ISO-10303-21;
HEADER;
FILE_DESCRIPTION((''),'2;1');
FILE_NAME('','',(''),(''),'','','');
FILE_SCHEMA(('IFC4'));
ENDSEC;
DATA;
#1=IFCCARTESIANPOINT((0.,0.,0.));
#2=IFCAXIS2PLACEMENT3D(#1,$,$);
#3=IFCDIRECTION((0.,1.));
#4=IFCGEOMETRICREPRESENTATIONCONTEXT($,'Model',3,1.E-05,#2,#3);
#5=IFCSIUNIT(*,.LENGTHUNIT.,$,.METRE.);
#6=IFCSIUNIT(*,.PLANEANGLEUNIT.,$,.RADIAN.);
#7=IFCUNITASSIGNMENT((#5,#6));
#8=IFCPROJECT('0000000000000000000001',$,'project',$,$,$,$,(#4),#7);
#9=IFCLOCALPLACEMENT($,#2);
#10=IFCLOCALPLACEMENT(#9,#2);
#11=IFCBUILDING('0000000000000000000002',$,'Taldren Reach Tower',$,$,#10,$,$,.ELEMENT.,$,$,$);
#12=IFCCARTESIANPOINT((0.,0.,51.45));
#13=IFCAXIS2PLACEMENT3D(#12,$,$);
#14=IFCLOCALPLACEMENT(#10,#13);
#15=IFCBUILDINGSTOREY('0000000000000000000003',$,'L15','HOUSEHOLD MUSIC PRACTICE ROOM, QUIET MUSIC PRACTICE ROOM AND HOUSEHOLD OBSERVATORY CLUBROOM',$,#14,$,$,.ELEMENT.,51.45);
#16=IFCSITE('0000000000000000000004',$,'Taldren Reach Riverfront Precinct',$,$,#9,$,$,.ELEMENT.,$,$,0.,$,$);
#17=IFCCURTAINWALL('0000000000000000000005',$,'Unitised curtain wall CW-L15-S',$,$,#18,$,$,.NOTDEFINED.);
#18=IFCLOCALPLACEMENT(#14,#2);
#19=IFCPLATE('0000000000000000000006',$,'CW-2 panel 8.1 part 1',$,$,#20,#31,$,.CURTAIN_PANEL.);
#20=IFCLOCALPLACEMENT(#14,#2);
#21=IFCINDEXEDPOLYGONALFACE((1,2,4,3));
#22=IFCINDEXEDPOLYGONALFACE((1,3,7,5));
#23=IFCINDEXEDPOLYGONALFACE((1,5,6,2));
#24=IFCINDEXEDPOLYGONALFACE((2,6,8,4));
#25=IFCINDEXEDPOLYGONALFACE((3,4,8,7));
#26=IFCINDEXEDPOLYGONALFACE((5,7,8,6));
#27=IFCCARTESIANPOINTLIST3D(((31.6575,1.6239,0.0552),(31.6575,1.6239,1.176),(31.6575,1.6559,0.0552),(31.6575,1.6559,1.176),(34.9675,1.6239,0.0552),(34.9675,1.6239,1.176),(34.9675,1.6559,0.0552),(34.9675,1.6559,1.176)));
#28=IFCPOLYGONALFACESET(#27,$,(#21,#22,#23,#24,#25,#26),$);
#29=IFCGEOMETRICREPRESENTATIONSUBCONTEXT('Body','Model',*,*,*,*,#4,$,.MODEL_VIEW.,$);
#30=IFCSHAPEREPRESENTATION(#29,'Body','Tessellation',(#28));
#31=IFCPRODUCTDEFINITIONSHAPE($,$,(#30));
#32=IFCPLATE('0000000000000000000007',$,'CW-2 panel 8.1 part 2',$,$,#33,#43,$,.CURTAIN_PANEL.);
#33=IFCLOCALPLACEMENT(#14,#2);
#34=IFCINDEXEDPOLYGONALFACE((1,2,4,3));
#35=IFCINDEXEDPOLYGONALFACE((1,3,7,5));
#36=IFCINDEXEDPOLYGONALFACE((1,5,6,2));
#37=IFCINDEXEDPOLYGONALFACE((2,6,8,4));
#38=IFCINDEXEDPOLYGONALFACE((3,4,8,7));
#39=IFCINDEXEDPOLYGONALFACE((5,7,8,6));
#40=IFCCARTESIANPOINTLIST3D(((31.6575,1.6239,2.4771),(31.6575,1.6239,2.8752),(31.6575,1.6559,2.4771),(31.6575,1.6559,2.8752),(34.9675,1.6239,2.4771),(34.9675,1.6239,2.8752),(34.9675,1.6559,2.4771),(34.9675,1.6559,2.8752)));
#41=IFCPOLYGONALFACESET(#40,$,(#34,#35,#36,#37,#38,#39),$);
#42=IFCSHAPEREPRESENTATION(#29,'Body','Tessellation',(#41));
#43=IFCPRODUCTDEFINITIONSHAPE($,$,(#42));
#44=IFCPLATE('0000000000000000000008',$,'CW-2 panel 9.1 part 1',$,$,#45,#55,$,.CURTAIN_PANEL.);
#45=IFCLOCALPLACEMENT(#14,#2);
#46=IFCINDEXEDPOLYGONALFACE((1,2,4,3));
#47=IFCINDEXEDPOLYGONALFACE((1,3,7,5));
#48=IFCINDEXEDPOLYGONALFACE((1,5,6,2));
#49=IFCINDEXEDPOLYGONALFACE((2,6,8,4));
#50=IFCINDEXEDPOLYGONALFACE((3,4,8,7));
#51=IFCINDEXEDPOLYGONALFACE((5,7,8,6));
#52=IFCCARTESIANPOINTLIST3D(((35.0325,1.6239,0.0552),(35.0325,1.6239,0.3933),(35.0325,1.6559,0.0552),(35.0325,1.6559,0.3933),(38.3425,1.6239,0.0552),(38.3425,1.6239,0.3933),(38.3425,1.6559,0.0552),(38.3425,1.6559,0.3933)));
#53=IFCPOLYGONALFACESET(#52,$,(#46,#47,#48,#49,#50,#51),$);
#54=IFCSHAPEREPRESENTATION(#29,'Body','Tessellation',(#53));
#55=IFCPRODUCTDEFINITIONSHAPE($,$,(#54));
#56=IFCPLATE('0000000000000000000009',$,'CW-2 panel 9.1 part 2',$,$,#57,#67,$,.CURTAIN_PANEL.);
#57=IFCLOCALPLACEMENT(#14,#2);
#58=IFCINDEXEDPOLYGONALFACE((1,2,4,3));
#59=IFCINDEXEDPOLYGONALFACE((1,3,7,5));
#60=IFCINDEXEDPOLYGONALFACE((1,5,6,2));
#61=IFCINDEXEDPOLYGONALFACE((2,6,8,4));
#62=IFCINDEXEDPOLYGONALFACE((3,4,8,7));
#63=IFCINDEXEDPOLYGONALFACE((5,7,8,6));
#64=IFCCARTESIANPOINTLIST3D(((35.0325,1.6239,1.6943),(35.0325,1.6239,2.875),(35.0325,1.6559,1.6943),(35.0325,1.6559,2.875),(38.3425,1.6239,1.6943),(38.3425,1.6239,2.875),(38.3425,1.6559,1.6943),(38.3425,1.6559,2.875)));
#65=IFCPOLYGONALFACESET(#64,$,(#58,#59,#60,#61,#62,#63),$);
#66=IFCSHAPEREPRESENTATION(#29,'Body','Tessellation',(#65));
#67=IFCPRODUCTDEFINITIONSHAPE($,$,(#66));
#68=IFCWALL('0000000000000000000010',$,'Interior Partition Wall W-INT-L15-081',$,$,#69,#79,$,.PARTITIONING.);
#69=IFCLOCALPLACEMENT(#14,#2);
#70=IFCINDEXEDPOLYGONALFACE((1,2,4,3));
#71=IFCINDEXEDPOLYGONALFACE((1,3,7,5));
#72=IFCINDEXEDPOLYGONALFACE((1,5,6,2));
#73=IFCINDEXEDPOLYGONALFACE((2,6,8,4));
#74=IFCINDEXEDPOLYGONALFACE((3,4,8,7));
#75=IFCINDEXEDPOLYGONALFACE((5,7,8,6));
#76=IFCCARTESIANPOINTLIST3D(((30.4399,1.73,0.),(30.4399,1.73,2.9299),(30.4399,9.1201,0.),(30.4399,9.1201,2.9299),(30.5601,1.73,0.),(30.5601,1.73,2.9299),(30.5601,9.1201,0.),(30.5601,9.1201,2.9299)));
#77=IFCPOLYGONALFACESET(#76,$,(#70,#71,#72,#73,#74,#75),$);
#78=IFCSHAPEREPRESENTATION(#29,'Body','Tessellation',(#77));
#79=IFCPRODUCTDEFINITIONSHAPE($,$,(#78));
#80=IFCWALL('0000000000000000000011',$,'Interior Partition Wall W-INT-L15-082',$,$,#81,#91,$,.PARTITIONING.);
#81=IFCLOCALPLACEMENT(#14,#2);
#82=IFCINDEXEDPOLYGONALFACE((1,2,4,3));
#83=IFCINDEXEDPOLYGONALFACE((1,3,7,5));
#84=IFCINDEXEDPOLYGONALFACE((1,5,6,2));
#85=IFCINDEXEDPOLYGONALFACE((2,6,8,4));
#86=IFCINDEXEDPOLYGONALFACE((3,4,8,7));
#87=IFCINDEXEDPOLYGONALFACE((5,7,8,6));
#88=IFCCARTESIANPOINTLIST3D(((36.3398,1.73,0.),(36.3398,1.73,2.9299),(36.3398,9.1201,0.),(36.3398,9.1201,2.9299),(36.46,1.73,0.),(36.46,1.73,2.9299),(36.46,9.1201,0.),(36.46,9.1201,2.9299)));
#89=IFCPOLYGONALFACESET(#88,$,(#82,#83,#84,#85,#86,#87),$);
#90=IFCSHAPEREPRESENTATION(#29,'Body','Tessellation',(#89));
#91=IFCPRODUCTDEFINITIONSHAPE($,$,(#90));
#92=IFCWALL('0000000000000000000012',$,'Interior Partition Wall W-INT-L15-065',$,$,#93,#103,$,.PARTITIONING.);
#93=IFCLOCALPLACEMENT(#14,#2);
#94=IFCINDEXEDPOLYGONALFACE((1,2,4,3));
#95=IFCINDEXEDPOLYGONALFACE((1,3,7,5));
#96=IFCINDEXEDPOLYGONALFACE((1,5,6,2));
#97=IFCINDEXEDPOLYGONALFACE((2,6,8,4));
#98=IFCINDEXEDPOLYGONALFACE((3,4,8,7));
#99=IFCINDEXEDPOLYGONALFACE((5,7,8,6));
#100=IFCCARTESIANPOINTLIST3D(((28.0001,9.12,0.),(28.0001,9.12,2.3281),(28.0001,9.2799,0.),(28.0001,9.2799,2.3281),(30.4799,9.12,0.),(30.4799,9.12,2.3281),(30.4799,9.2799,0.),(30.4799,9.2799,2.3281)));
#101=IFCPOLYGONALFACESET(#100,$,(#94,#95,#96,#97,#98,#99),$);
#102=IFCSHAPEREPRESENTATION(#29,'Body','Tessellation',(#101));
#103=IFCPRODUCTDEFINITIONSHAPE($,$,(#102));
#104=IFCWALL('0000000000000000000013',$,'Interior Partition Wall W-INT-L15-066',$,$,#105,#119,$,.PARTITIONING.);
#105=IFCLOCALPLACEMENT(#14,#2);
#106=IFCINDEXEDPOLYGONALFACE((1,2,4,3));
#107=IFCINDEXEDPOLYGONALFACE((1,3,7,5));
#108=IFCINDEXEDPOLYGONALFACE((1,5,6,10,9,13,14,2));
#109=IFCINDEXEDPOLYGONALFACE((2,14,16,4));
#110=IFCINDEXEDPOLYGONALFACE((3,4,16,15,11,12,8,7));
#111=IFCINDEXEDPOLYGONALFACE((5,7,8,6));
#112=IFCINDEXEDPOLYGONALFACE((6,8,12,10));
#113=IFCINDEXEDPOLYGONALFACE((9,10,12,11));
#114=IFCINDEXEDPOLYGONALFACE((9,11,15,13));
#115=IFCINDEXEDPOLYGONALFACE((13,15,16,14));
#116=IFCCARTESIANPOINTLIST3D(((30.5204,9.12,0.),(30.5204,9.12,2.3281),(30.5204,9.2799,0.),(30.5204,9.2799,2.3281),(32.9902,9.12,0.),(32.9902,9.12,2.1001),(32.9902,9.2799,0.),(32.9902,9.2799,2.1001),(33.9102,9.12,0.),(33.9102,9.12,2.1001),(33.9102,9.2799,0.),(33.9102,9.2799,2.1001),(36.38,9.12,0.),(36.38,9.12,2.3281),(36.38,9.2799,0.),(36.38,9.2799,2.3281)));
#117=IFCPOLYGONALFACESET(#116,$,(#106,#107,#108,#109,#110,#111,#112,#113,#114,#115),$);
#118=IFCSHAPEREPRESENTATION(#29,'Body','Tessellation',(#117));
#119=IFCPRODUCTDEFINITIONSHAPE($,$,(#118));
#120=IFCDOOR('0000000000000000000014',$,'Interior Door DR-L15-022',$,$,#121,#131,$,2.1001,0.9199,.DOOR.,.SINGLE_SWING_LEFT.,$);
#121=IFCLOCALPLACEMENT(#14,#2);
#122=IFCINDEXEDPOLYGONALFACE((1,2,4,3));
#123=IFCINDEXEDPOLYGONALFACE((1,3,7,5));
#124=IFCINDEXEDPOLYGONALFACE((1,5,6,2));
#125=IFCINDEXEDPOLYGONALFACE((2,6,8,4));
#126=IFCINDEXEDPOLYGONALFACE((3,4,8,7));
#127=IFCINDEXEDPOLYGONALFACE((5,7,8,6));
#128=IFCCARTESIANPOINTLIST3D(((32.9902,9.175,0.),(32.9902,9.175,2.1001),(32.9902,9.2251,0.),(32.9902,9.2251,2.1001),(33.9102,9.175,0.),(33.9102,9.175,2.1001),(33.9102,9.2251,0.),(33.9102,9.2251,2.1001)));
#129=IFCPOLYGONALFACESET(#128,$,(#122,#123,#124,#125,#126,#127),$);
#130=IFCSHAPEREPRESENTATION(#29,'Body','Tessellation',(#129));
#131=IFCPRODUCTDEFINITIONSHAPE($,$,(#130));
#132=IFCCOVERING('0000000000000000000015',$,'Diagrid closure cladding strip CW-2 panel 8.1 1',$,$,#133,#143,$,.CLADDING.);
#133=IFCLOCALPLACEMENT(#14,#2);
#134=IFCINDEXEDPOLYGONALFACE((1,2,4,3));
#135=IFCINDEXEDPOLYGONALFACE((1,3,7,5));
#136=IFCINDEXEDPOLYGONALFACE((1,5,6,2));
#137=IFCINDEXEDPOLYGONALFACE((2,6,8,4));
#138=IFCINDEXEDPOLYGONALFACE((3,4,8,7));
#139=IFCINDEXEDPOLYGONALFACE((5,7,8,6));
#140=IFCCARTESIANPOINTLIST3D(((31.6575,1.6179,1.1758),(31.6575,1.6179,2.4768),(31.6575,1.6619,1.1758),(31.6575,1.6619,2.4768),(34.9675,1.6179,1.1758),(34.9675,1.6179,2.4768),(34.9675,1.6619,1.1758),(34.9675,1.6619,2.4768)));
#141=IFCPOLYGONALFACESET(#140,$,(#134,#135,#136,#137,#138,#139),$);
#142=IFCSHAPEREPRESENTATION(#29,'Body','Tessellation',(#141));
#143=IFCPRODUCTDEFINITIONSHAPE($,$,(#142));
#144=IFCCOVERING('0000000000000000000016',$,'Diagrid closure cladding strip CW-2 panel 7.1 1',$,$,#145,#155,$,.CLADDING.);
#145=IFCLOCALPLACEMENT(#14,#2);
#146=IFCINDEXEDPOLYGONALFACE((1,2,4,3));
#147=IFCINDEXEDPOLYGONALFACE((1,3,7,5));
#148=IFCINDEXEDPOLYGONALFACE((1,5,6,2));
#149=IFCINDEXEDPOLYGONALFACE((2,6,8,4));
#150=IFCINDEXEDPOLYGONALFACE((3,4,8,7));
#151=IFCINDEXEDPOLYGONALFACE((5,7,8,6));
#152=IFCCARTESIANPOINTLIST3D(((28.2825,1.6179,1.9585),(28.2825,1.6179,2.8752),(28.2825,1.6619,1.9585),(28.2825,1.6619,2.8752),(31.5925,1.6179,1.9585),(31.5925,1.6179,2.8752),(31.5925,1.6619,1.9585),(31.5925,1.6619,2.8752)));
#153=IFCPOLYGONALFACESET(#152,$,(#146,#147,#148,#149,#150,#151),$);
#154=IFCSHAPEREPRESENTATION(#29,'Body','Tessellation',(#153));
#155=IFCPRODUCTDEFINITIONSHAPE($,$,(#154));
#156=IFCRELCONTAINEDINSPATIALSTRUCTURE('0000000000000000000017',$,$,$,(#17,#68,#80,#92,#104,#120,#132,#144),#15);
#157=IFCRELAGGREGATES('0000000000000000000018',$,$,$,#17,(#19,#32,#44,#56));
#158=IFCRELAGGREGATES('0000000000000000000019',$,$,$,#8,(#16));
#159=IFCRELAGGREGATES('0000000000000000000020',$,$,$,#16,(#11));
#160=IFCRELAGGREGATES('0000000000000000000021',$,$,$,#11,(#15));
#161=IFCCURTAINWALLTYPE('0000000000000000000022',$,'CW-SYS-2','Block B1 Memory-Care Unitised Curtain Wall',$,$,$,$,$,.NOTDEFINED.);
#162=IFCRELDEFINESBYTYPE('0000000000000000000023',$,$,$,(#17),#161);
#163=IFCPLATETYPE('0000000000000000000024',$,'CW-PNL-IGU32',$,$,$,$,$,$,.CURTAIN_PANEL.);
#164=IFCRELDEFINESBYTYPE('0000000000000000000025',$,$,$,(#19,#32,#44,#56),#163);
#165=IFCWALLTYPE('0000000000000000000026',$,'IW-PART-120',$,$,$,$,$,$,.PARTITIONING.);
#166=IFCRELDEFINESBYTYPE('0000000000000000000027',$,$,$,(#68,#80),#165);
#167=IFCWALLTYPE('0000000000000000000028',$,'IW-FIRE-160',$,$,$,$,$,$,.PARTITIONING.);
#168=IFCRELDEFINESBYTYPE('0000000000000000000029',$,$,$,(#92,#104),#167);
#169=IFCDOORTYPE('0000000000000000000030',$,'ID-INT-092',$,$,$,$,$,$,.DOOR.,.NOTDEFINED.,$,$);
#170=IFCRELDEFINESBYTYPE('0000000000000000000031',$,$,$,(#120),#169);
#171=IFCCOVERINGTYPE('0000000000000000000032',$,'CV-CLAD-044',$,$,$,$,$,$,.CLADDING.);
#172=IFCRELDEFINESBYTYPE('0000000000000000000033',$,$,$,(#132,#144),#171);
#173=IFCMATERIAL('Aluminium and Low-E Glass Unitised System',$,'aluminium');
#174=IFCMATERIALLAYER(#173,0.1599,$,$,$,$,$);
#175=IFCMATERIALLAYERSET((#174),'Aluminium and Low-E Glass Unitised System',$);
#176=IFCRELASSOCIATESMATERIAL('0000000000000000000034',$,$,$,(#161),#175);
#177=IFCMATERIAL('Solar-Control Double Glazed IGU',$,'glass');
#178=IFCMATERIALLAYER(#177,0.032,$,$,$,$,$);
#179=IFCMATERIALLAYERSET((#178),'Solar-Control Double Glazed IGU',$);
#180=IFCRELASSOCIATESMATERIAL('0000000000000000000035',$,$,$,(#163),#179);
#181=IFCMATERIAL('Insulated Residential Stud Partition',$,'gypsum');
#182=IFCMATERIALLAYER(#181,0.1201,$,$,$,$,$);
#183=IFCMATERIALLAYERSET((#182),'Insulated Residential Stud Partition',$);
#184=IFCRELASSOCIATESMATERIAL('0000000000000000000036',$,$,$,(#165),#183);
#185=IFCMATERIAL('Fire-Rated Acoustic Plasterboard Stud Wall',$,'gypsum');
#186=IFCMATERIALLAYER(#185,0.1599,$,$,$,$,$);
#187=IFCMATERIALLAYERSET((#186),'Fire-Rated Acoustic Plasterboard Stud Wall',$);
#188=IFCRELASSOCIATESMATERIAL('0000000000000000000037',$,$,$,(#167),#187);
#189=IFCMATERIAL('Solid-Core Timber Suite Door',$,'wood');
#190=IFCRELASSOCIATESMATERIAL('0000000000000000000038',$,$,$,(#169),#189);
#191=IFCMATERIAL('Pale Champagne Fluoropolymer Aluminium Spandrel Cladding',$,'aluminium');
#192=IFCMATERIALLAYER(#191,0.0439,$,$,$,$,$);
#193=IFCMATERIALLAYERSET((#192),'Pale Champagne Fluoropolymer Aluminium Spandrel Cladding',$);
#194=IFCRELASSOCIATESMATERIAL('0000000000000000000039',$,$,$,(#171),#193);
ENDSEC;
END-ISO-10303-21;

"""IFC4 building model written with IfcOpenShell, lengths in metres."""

from ifc_helpers import new_model, si_unit, direction, frame, frame_2d, origin, origin_2d, place, context, subcontext, project, spatial, rectangle, extrude, source, transform, mapped, material, layer, layer_set, type_object, element, fill, aggregate, save


model = new_model("IFC4")

# Units and contexts
model_context = context("Model", 3, precision=1e-05, world=origin(), true_north=direction((0.0, 1.0)))
body_context = subcontext(model_context, "Body", "Model", "MODEL_VIEW")
ifc_project = project(units=[si_unit("LENGTHUNIT", "METRE"), si_unit("PLANEANGLEUNIT", "RADIAN")], contexts=[model_context])

# Site, building, storey
site_placement = place(None, origin())
site = spatial("IfcSite", under=ifc_project, at=site_placement, Name="Taldren Reach Riverfront Precinct", CompositionType="ELEMENT", RefElevation=0.0)
building_placement = place(site_placement, origin())
building = spatial("IfcBuilding", under=site, at=building_placement, Name="Taldren Reach Tower", CompositionType="ELEMENT")
storey_placement = place(building_placement, frame((0.0, 0.0, 51.45)))
storey = spatial("IfcBuildingStorey", under=building, at=storey_placement, Name="L15", Description="HOUSEHOLD MUSIC PRACTICE ROOM, QUIET MUSIC PRACTICE ROOM AND HOUSEHOLD OBSERVATORY CLUBROOM", CompositionType="ELEMENT", Elevation=51.45)

# Curtain wall, plates
ifc_material_1 = material(Name="Aluminium and Low-E Glass Unitised System", Category="aluminium")
ifc_layer_1 = layer(ifc_material_1, 0.1599)
ifc_layer_set_1 = layer_set([ifc_layer_1], Name="Aluminium and Low-E Glass Unitised System")
curtain_wall_type = type_object("IfcCurtainWallType", Name="CW-SYS-2", Description="Block B1 Memory-Care Unitised Curtain Wall", PredefinedType="NOTDEFINED", material=ifc_layer_set_1)
curtain_wall_placement = place(storey_placement, origin())
curtain_wall = element("IfcCurtainWall", 1, at=curtain_wall_placement, inside=storey, type_object=curtain_wall_type, Name="Unitised curtain wall CW-L15-S", PredefinedType="NOTDEFINED")
ifc_material_2 = material(Name="Solar-Control Double Glazed IGU", Category="glass")
ifc_layer_2 = layer(ifc_material_2, 0.032)
ifc_layer_set_2 = layer_set([ifc_layer_2], Name="Solar-Control Double Glazed IGU")
plate_type = type_object("IfcPlateType", Name="CW-PNL-IGU32", PredefinedType="CURTAIN_PANEL", material=ifc_layer_set_2)
shared_shape_1 = source(origin(), body_context, "Body", "SweptSolid", [
    extrude(rectangle(XDim=3.3101, YDim=0.032, at=origin_2d()), origin(), (0.0, 0.0, 1.0), 1.1208),
])
plate_1_placement = place(storey_placement, frame((33.3125, 1.6399, 0.0552), z_axis=(0.0, 0.0, 1.0), x_axis=(1.0, 0.0, 0.0)))
plate_1 = element("IfcPlate", 2, at=plate_1_placement, type_object=plate_type, Name="CW-2 panel 8.1 part 1", PredefinedType="CURTAIN_PANEL", context=body_context, shape_type="MappedRepresentation", body=[
    mapped(shared_shape_1, transform((0.0, 0.0, 0.0), scale=1.0)),
])
shared_shape_2 = source(origin(), body_context, "Body", "SweptSolid", [
    extrude(rectangle(XDim=3.3101, YDim=0.032, at=origin_2d()), origin(), (0.0, 0.0, 1.0), 0.3982),
])
plate_2_placement = place(storey_placement, frame((33.3125, 1.6399, 2.4771), z_axis=(0.0, 0.0, 1.0), x_axis=(1.0, 0.0, 0.0)))
plate_2 = element("IfcPlate", 3, at=plate_2_placement, type_object=plate_type, Name="CW-2 panel 8.1 part 2", PredefinedType="CURTAIN_PANEL", context=body_context, shape_type="MappedRepresentation", body=[
    mapped(shared_shape_2, transform((0.0, 0.0, 0.0), scale=1.0)),
])
shared_shape_3 = source(origin(), body_context, "Body", "SweptSolid", [
    extrude(rectangle(XDim=3.3101, YDim=0.032, at=origin_2d()), origin(), (0.0, 0.0, 1.0), 0.3381),
])
plate_3_placement = place(storey_placement, frame((36.6875, 1.6399, 0.0552), z_axis=(0.0, 0.0, 1.0), x_axis=(1.0, 0.0, 0.0)))
plate_3 = element("IfcPlate", 4, at=plate_3_placement, type_object=plate_type, Name="CW-2 panel 9.1 part 1", PredefinedType="CURTAIN_PANEL", context=body_context, shape_type="MappedRepresentation", body=[
    mapped(shared_shape_3, transform((0.0, 0.0, 0.0), scale=1.0)),
])
shared_shape_4 = source(origin(), body_context, "Body", "SweptSolid", [
    extrude(rectangle(XDim=3.3101, YDim=0.032, at=origin_2d()), origin(), (0.0, 0.0, 1.0), 1.1807),
])
plate_4_placement = place(storey_placement, frame((36.6875, 1.6399, 1.6943), z_axis=(0.0, 0.0, 1.0), x_axis=(1.0, 0.0, 0.0)))
plate_4 = element("IfcPlate", 5, at=plate_4_placement, type_object=plate_type, Name="CW-2 panel 9.1 part 2", PredefinedType="CURTAIN_PANEL", context=body_context, shape_type="MappedRepresentation", body=[
    mapped(shared_shape_4, transform((0.0, 0.0, 0.0), scale=1.0)),
])
aggregate(curtain_wall, [plate_1, plate_2, plate_3, plate_4])

# Walls
ifc_material_3 = material(Name="Insulated Residential Stud Partition", Category="gypsum")
ifc_layer_3 = layer(ifc_material_3, 0.1201)
ifc_layer_set_3 = layer_set([ifc_layer_3], Name="Insulated Residential Stud Partition")
wall_type_1 = type_object("IfcWallType", Name="IW-PART-120", PredefinedType="PARTITIONING", material=ifc_layer_set_3)
shared_shape_5 = source(origin(), body_context, "Body", "SweptSolid", [
    extrude(rectangle(XDim=7.3901, YDim=0.1201, at=frame_2d((3.6951, 0.0))), origin(), (0.0, 0.0, 1.0), 2.9299),
])
for number, where, z_axis, x_axis, name in (
    (6, (30.5, 9.1201, 0.0), (0.0, 0.0, 1.0), (0.0, -1.0, 0.0), "Interior Partition Wall W-INT-L15-081"),
    (7, (36.3999, 9.1201, 0.0), (0.0, 0.0, 1.0), (0.0, -1.0, 0.0), "Interior Partition Wall W-INT-L15-082"),
):
    element("IfcWall", number, at=place(storey_placement, frame(where, z_axis=z_axis, x_axis=x_axis)), inside=storey, type_object=wall_type_1, Name=name, PredefinedType="PARTITIONING", context=body_context, shape_type="MappedRepresentation", body=[
        mapped(shared_shape_5, transform((0.0, 0.0, 0.0), scale=1.0)),
    ])
ifc_material_4 = material(Name="Fire-Rated Acoustic Plasterboard Stud Wall", Category="gypsum")
ifc_layer_4 = layer(ifc_material_4, 0.1599)
ifc_layer_set_4 = layer_set([ifc_layer_4], Name="Fire-Rated Acoustic Plasterboard Stud Wall")
wall_type_2 = type_object("IfcWallType", Name="IW-FIRE-160", PredefinedType="PARTITIONING", material=ifc_layer_set_4)
shared_shape_6 = source(origin(), body_context, "Body", "SweptSolid", [
    extrude(rectangle(XDim=2.4797, YDim=0.1599, at=frame_2d((1.2397, 0.0))), origin(), (0.0, 0.0, 1.0), 2.3281),
])
wall_1_placement = place(storey_placement, frame((30.4797, 9.2, 0.0), z_axis=(0.0, 0.0, 1.0), x_axis=(-1.0, 0.0, 0.0)))
element("IfcWall", 8, at=wall_1_placement, inside=storey, type_object=wall_type_2, Name="Interior Partition Wall W-INT-L15-065", PredefinedType="PARTITIONING", context=body_context, shape_type="MappedRepresentation", body=[
    mapped(shared_shape_6, transform((0.0, 0.0, 0.0), scale=1.0)),
])

# Wall, opening, door
shared_shape_7 = source(origin(), body_context, "Body", "SweptSolid", [
    extrude(rectangle(XDim=5.8596, YDim=0.1599, at=frame_2d((2.9297, 0.0))), origin(), (0.0, 0.0, 1.0), 2.3281),
])
wall_2_placement = place(storey_placement, frame((36.3799, 9.2, 0.0), z_axis=(0.0, 0.0, 1.0), x_axis=(-1.0, 0.0, 0.0)))
wall_2 = element("IfcWall", 9, at=wall_2_placement, inside=storey, type_object=wall_type_2, Name="Interior Partition Wall W-INT-L15-066", PredefinedType="PARTITIONING", context=body_context, shape_type="MappedRepresentation", body=[
    mapped(shared_shape_7, transform((0.0, 0.0, 0.0), scale=1.0)),
])
shared_shape_8 = source(origin(), body_context, "Body", "SweptSolid", [
    extrude(rectangle(XDim=0.9199, YDim=2.1001, at=frame_2d((0.46, 1.05))), frame((0.0, 0.0898, 0.0), z_axis=(0.0, -1.0, 0.0), x_axis=(1.0, 0.0, 0.0)), (0.0, 0.0, 1.0), 0.1799),
])
opening_placement = place(wall_2_placement, frame((2.4697, 0.0, 0.0)))
opening = element("IfcOpeningElement", 10, at=opening_placement, cuts=wall_2, PredefinedType="OPENING", context=body_context, shape_type="MappedRepresentation", body=[
    mapped(shared_shape_8, transform((0.0, 0.0, 0.0), scale=1.0)),
])
ifc_material_5 = material(Name="Solid-Core Timber Suite Door", Category="wood")
door_type = type_object("IfcDoorType", Name="ID-INT-092", OperationType="NOTDEFINED", PredefinedType="DOOR", material=ifc_material_5)
shared_shape_9 = source(origin(), body_context, "Body", "SweptSolid", [
    extrude(rectangle(XDim=0.9199, YDim=2.1001, at=frame_2d((0.46, 1.05))), frame((0.0, 0.0249, 0.0), z_axis=(0.0, -1.0, 0.0), x_axis=(1.0, 0.0, 0.0)), (0.0, 0.0, 1.0), 0.05),
])
door_placement = place(opening_placement, origin())
door = element("IfcDoor", 11, at=door_placement, inside=storey, type_object=door_type, Name="Interior Door DR-L15-022", OperationType="SINGLE_SWING_LEFT", OverallHeight=2.1001, OverallWidth=0.9199, PredefinedType="DOOR", context=body_context, shape_type="MappedRepresentation", body=[
    mapped(shared_shape_9, transform((0.0, 0.0, 0.0), scale=1.0)),
])
fill(opening, door)

# Coverings
ifc_material_6 = material(Name="Pale Champagne Fluoropolymer Aluminium Spandrel Cladding", Category="aluminium")
ifc_layer_5 = layer(ifc_material_6, 0.0439)
ifc_layer_set_5 = layer_set([ifc_layer_5], Name="Pale Champagne Fluoropolymer Aluminium Spandrel Cladding")
covering_type = type_object("IfcCoveringType", Name="CV-CLAD-044", PredefinedType="CLADDING", material=ifc_layer_set_5)
shared_shape_10 = source(origin(), body_context, "Body", "SweptSolid", [
    extrude(rectangle(XDim=3.3101, YDim=0.0439, at=origin_2d()), origin(), (0.0, 0.0, 1.0), 1.301),
])
covering_1_placement = place(storey_placement, frame((33.3125, 1.6399, 1.1758), z_axis=(0.0, 0.0, 1.0), x_axis=(1.0, 0.0, 0.0)))
element("IfcCovering", 12, at=covering_1_placement, inside=storey, type_object=covering_type, Name="Diagrid closure cladding strip CW-2 panel 8.1 1", PredefinedType="CLADDING", context=body_context, shape_type="MappedRepresentation", body=[
    mapped(shared_shape_10, transform((0.0, 0.0, 0.0), scale=1.0)),
])
shared_shape_11 = source(origin(), body_context, "Body", "SweptSolid", [
    extrude(rectangle(XDim=3.3101, YDim=0.0439, at=origin_2d()), origin(), (0.0, 0.0, 1.0), 0.9167),
])
covering_2_placement = place(storey_placement, frame((29.9375, 1.6399, 1.9585), z_axis=(0.0, 0.0, 1.0), x_axis=(1.0, 0.0, 0.0)))
element("IfcCovering", 13, at=covering_2_placement, inside=storey, type_object=covering_type, Name="Diagrid closure cladding strip CW-2 panel 7.1 1", PredefinedType="CLADDING", context=body_context, shape_type="MappedRepresentation", body=[
    mapped(shared_shape_11, transform((0.0, 0.0, 0.0), scale=1.0)),
])

save(model, "model.ifc")
